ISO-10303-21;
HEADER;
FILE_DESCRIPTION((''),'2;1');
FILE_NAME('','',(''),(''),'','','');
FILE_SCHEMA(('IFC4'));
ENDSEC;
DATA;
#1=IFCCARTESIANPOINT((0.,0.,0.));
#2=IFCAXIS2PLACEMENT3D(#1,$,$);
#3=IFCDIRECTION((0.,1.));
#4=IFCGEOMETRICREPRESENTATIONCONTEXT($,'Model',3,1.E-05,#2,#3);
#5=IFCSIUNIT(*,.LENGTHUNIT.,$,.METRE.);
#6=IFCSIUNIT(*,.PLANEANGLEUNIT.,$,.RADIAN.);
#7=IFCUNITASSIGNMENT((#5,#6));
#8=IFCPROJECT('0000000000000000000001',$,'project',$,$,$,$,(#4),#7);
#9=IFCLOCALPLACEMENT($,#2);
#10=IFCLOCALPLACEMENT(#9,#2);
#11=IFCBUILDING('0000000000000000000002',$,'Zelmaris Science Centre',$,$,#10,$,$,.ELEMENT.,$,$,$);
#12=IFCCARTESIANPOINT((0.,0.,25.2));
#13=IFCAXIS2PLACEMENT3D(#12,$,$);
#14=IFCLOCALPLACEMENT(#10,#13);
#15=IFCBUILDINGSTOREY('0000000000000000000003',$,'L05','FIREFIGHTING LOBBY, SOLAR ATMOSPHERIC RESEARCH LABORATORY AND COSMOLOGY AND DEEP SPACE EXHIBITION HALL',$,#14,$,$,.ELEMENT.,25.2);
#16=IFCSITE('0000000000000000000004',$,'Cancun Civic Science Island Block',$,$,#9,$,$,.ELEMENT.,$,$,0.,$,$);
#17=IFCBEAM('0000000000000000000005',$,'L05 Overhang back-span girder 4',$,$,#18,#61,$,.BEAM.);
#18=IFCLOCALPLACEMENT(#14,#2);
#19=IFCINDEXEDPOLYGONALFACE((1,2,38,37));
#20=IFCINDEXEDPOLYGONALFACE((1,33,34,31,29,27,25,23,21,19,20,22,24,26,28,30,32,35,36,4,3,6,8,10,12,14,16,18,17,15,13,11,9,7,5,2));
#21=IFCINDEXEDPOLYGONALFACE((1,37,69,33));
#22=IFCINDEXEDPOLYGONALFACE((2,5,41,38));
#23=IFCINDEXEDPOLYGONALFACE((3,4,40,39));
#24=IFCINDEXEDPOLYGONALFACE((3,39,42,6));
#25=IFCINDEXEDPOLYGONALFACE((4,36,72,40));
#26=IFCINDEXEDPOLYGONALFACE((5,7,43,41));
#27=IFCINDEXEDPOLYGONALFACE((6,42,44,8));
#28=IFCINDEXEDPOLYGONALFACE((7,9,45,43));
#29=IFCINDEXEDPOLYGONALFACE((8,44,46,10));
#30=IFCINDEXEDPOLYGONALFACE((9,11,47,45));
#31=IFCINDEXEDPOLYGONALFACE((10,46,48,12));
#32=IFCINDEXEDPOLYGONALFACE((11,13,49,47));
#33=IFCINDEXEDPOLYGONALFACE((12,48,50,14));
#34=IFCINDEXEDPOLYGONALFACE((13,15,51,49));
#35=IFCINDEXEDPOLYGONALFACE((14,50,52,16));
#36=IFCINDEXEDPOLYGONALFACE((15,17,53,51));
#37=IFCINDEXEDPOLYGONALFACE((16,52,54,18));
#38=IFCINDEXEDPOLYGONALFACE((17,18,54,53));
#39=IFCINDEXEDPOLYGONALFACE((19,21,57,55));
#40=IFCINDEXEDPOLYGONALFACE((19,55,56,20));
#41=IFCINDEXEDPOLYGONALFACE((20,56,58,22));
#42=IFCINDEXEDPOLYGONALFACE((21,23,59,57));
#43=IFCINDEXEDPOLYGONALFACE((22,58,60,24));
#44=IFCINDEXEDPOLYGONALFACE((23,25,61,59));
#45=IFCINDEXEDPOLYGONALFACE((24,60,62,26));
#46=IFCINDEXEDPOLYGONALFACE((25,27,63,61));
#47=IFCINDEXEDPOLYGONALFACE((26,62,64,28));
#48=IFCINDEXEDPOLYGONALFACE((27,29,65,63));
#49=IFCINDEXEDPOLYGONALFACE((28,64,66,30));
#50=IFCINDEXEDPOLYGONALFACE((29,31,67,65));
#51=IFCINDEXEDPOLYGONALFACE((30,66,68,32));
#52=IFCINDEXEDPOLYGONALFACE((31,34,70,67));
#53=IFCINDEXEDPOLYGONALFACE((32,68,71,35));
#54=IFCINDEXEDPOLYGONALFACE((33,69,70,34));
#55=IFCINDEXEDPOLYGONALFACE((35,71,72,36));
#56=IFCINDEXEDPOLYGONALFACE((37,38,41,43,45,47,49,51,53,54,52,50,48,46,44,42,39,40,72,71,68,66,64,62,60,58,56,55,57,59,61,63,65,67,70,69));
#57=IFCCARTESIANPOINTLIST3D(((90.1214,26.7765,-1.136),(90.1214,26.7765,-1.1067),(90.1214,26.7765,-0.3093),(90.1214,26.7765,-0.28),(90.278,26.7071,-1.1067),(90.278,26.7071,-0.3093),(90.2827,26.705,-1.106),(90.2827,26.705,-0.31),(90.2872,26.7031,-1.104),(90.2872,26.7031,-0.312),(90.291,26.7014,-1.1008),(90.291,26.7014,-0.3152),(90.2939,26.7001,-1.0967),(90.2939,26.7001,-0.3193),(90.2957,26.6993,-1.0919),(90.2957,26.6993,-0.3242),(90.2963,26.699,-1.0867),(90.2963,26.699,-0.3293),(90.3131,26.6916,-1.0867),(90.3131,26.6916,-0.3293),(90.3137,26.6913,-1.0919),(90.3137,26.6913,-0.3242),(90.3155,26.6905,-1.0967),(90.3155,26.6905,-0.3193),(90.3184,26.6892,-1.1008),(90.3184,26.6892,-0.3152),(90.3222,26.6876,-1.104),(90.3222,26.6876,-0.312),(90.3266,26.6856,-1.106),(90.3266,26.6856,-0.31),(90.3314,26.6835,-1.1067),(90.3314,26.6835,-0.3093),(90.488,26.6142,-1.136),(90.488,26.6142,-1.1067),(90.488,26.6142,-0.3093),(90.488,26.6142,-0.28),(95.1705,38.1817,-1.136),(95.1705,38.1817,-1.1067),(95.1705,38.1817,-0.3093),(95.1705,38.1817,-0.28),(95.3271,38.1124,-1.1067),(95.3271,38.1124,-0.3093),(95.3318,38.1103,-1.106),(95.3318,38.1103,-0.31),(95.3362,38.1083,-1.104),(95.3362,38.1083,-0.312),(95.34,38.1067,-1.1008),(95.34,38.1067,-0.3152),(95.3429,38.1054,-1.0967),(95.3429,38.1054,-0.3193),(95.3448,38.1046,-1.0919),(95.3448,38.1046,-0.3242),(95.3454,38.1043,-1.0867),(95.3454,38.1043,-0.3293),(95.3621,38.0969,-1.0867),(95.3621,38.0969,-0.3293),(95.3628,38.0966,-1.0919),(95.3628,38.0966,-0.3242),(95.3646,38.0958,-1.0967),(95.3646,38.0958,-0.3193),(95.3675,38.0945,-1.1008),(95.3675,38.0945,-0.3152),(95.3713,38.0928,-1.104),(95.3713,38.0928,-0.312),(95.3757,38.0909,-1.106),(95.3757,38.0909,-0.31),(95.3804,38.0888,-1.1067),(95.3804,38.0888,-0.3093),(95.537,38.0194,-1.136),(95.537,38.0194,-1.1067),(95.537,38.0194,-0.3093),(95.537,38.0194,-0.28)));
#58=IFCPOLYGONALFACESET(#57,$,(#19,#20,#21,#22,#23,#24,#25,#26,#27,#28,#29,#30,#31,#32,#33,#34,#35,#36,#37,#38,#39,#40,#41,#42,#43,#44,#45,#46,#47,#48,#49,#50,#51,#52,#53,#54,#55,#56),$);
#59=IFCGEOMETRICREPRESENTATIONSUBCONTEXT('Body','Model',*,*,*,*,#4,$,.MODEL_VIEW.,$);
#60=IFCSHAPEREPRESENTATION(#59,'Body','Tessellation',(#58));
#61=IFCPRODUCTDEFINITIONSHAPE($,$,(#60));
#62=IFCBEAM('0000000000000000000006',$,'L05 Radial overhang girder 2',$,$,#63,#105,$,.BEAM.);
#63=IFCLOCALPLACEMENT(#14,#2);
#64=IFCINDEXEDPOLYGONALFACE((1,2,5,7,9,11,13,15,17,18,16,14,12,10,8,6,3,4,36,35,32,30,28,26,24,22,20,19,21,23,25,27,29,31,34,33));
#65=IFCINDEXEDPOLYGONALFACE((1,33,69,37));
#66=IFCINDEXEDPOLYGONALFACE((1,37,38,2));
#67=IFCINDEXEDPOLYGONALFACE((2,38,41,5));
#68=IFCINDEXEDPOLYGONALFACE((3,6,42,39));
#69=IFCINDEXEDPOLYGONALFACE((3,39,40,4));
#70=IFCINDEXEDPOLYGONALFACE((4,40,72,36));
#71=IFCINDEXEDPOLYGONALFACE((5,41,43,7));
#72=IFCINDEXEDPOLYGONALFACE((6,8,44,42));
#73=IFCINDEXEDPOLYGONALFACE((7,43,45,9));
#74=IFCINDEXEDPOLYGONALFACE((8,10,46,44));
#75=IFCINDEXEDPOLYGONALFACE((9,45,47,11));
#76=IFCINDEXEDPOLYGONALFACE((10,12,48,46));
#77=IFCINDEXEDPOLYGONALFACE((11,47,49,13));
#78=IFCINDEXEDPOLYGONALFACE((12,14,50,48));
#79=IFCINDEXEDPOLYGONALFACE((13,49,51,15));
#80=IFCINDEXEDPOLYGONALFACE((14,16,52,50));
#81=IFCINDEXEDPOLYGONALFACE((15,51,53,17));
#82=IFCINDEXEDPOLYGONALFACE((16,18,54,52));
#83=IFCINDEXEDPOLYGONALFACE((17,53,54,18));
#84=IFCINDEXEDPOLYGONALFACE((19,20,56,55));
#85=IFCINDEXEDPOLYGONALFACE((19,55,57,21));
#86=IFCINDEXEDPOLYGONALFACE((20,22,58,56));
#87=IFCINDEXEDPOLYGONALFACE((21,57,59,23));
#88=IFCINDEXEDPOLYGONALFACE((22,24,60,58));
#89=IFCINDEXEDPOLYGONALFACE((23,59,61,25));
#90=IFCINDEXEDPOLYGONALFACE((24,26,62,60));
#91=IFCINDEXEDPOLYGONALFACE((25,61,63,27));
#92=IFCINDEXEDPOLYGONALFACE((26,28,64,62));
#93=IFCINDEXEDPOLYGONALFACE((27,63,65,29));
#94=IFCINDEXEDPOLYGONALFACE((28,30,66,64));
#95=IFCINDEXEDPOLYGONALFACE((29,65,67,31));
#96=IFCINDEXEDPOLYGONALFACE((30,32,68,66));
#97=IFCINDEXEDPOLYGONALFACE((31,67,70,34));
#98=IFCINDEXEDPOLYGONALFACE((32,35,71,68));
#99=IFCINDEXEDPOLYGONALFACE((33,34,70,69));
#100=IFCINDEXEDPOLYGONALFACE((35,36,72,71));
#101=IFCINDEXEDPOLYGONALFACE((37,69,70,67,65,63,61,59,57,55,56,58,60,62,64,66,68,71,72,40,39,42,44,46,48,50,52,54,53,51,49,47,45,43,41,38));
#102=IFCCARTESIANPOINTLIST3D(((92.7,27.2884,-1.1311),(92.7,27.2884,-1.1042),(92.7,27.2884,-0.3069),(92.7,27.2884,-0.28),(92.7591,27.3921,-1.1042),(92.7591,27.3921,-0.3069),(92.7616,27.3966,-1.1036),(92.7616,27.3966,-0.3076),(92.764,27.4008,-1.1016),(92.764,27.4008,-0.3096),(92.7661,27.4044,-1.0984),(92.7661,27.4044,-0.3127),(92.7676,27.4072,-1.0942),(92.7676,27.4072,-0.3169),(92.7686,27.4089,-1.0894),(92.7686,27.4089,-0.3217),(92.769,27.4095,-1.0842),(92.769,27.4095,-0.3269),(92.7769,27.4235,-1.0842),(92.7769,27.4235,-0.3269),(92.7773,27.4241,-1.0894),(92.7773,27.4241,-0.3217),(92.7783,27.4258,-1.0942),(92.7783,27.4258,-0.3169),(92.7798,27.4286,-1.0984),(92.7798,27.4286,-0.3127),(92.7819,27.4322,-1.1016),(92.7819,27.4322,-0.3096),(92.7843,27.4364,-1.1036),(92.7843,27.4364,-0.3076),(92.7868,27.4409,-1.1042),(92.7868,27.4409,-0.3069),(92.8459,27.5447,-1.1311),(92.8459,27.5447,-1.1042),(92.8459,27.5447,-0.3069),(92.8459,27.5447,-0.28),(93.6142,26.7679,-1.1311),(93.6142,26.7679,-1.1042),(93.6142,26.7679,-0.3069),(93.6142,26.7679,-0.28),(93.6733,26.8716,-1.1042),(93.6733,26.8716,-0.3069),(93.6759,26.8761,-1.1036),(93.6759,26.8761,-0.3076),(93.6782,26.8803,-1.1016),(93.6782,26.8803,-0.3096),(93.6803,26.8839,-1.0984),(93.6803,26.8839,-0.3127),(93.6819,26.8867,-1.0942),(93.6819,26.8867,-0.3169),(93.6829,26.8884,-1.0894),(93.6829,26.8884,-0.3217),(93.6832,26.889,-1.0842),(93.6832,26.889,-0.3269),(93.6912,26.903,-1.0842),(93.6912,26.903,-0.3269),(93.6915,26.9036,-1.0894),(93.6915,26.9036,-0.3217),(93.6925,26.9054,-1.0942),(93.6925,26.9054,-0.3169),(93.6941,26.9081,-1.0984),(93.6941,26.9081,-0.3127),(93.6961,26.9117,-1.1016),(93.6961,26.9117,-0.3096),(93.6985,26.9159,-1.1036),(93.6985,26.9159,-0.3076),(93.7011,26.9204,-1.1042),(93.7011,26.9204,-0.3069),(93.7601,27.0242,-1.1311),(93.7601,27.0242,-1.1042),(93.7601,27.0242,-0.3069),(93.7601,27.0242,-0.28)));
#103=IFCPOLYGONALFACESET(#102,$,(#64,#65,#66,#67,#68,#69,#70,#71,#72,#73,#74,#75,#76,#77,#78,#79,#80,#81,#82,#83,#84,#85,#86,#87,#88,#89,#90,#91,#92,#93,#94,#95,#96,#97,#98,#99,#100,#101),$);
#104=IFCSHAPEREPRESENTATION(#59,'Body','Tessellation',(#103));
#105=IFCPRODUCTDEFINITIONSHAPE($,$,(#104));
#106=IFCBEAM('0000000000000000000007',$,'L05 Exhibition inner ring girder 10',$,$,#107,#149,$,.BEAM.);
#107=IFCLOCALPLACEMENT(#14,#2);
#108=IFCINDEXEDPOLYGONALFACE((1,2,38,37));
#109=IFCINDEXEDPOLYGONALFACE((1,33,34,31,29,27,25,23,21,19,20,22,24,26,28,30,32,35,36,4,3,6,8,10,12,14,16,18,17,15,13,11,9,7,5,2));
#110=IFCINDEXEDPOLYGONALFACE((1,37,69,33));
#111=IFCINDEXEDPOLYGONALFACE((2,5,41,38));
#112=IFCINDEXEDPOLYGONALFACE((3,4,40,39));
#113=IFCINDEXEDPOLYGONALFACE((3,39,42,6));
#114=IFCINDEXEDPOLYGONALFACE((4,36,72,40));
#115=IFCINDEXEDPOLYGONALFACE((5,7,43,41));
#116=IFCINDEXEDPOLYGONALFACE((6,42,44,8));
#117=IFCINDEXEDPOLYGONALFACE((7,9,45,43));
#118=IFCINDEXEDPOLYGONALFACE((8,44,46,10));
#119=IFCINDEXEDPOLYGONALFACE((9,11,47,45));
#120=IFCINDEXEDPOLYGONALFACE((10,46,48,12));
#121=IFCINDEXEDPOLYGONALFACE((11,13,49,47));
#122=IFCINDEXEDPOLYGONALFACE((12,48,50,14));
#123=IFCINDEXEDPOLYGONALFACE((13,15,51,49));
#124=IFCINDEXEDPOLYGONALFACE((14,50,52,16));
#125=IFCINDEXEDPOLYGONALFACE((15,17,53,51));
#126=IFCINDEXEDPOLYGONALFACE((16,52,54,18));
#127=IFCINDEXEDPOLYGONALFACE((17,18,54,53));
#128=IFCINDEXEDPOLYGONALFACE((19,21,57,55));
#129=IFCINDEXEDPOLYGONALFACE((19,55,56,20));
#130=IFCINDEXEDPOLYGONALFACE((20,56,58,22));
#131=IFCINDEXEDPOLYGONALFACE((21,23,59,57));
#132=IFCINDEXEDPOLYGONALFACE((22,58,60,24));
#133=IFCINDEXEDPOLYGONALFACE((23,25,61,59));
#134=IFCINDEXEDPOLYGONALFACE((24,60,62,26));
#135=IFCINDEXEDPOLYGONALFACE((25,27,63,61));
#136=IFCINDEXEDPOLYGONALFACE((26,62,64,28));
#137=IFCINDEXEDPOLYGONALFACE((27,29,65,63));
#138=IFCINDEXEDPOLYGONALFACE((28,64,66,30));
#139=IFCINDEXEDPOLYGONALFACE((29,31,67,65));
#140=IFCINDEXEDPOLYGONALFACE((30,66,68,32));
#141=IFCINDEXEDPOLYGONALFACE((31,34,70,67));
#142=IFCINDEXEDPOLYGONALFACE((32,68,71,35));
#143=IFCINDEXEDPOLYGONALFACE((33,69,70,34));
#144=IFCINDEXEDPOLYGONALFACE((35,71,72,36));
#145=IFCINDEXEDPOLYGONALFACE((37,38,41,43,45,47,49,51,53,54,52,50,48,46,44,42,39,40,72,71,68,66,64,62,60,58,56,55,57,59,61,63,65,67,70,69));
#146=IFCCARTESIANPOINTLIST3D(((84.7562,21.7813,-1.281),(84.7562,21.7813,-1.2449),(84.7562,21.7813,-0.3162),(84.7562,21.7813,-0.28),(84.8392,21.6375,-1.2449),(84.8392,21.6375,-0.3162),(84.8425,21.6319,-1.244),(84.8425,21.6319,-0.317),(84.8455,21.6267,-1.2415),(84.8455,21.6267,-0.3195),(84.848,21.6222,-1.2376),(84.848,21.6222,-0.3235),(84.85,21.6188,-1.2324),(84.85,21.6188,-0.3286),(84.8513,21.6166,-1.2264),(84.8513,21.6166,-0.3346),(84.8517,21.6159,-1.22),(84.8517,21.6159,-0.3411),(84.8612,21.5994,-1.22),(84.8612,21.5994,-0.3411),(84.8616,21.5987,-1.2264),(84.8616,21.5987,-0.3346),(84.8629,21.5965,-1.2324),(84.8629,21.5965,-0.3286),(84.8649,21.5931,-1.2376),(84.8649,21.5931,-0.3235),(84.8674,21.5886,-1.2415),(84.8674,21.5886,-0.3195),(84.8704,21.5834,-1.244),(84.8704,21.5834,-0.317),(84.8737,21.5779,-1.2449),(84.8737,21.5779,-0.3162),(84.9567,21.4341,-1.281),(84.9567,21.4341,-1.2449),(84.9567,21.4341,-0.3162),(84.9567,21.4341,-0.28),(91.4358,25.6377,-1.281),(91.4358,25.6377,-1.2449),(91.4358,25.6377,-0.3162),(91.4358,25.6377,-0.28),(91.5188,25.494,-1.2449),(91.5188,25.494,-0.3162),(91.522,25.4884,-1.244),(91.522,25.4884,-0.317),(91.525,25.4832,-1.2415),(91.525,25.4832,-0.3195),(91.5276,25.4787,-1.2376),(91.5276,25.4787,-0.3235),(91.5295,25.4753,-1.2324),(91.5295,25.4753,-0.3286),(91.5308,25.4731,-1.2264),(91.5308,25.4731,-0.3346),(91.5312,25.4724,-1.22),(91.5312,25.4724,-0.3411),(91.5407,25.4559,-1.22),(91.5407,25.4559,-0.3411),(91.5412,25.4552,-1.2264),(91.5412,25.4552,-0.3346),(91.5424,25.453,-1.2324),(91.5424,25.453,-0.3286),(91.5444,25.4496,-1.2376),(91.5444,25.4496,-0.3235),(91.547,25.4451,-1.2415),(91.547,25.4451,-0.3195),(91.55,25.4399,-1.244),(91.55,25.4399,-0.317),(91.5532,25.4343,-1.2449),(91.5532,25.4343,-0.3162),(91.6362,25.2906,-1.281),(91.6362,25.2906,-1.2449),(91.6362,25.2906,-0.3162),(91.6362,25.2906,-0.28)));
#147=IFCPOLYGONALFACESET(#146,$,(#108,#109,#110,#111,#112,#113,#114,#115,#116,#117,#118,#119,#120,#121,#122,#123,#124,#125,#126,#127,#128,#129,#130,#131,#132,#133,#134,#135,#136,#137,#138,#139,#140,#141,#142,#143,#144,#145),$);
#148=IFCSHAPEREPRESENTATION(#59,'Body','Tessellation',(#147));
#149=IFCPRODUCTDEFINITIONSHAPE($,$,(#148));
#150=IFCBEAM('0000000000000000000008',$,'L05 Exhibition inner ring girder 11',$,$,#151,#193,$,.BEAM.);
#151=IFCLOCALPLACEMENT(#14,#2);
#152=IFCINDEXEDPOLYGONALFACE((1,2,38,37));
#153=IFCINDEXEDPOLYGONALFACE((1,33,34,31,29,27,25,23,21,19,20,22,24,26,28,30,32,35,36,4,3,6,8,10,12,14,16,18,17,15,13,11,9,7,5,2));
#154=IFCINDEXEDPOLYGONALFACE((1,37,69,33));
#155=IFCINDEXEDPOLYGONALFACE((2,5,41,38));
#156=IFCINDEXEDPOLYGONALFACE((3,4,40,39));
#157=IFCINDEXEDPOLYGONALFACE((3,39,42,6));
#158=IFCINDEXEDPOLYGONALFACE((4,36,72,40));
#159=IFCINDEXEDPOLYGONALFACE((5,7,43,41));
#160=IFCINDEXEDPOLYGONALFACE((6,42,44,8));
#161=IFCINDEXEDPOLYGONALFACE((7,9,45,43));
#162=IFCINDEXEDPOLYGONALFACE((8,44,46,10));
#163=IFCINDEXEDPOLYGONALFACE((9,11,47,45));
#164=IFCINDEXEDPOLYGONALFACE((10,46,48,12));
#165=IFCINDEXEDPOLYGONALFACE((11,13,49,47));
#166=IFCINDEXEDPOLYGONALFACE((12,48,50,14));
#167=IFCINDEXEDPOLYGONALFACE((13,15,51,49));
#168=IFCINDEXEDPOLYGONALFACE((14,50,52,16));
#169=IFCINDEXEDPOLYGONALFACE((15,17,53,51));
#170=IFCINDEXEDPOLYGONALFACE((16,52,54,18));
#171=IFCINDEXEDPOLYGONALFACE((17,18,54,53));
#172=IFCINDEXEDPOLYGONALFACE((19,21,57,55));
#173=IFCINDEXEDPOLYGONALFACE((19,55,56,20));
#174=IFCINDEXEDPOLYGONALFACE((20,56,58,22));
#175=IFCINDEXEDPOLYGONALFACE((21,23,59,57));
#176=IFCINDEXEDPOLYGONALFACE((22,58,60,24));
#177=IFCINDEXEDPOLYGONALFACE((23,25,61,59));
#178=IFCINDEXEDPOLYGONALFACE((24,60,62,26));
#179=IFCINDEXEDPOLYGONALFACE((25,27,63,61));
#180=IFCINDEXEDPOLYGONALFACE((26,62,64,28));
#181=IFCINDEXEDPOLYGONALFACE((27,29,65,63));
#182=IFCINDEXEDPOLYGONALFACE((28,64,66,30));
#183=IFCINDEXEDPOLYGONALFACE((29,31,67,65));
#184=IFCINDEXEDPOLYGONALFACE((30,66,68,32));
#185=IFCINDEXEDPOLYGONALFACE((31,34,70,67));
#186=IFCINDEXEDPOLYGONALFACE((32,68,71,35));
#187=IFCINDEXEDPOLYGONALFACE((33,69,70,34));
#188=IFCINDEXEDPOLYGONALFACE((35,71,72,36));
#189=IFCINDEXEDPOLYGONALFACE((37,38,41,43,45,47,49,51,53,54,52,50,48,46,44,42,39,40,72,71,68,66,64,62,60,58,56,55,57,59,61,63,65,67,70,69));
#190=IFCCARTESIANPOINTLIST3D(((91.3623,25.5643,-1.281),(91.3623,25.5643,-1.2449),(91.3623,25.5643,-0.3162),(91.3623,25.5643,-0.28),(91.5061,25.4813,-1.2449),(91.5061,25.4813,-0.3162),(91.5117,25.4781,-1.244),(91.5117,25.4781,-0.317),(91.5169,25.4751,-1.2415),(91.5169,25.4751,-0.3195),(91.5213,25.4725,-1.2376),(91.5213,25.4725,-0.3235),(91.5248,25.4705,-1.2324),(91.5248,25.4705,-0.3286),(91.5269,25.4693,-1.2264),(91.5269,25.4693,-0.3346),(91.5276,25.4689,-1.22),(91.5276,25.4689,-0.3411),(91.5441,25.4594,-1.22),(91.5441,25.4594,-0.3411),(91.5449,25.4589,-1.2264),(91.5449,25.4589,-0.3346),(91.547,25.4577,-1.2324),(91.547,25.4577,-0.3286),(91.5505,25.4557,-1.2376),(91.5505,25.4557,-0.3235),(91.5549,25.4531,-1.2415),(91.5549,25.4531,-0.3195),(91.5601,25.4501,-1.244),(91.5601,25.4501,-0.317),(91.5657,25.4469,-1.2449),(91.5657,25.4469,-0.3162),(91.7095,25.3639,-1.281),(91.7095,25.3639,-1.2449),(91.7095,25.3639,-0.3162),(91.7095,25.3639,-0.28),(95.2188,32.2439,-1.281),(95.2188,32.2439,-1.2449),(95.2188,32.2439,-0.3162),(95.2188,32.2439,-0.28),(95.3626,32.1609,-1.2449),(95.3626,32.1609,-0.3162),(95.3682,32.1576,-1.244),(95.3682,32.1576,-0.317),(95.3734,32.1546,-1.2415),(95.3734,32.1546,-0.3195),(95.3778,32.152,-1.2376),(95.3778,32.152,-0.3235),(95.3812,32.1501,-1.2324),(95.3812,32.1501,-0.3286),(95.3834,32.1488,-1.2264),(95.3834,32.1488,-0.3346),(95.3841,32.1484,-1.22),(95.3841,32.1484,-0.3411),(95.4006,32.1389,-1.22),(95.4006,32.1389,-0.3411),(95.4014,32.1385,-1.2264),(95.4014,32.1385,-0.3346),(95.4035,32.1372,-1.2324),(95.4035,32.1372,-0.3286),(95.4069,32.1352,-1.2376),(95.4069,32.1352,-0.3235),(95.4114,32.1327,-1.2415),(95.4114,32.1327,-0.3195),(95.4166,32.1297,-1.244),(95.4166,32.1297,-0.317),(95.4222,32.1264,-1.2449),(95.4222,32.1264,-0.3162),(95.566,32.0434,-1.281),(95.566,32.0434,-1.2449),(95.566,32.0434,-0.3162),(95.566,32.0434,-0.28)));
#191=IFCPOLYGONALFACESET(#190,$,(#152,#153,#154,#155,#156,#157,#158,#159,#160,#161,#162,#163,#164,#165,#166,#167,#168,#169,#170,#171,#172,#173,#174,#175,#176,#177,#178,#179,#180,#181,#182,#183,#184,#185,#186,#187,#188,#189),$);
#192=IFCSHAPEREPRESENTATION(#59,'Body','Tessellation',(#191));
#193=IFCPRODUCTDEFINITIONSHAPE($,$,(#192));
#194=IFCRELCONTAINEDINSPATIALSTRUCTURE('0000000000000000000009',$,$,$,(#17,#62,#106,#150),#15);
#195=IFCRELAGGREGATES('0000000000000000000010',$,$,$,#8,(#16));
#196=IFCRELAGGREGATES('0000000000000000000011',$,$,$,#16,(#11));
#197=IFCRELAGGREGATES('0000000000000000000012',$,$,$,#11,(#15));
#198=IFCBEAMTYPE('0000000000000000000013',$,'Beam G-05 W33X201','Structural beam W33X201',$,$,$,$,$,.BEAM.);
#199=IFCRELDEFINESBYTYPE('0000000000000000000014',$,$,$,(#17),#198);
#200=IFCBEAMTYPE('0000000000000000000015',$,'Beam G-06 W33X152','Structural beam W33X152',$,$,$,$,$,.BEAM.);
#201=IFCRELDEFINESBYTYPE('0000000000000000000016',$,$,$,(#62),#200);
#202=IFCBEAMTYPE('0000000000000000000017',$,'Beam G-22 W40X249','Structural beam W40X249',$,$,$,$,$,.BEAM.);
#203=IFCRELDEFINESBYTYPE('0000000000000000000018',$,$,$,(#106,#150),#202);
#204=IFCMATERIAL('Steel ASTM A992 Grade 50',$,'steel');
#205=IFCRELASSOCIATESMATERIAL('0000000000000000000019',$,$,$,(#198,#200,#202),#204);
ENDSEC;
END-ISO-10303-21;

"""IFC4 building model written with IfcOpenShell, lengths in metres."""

from ifc_helpers import new_model, si_unit, direction, frame, origin, origin_2d, place, context, subcontext, project, spatial, i_section, extrude, material, material_profile, profile_set, type_object, element, save


model = new_model("IFC4")

# Units and contexts
model_context = context("Model", 3, precision=1e-05, world=origin(), true_north=direction((0.0, 1.0)))
body_context = subcontext(model_context, "Body", "Model", "MODEL_VIEW")
ifc_project = project(units=[si_unit("LENGTHUNIT", "METRE"), si_unit("PLANEANGLEUNIT", "RADIAN")], contexts=[model_context])

# Site, building, storey
site_placement = place(None, origin())
site = spatial("IfcSite", under=ifc_project, at=site_placement, Name="Cancun Civic Science Island Block", CompositionType="ELEMENT", RefElevation=0.0)
building_placement = place(site_placement, origin())
building = spatial("IfcBuilding", under=site, at=building_placement, Name="Zelmaris Science Centre", CompositionType="ELEMENT")
storey_placement = place(building_placement, frame((0.0, 0.0, 25.2)))
storey = spatial("IfcBuildingStorey", under=building, at=storey_placement, Name="L05", Description="FIREFIGHTING LOBBY, SOLAR ATMOSPHERIC RESEARCH LABORATORY AND COSMOLOGY AND DEEP SPACE EXHIBITION HALL", CompositionType="ELEMENT", Elevation=25.2)

# Shared definitions
ifc_material_1 = material(Name="Steel ASTM A992 Grade 50", Category="steel")

# Beams
ifc_material_profile_1 = material_profile(ifc_material_1, i_section(OverallWidth=0.4009, OverallDepth=0.856, WebThickness=0.0183, FlangeThickness=0.0293, FilletRadius=0.02, at=origin_2d()), Name="W33X201")
ifc_profile_set_1 = profile_set([ifc_material_profile_1], Name="Steel ASTM A992 Grade 50")
beam_type_1 = type_object("IfcBeamType", Name="Beam G-05 W33X201", Description="Structural beam W33X201", PredefinedType="BEAM", material=ifc_profile_set_1)
beam_1_placement = place(storey_placement, frame((90.3047, 26.6953, -0.708), z_axis=(0.404803, 0.914404, 0.0), x_axis=(-0.914404, 0.404803, 0.0)))
element("IfcBeam", 1, at=beam_1_placement, inside=storey, type_object=beam_type_1, Name="L05 Overhang back-span girder 4", PredefinedType="BEAM", context=body_context, shape_type="SweptSolid", body=[
    extrude(i_section(OverallWidth=0.4009, OverallDepth=0.856, WebThickness=0.0183, FlangeThickness=0.0293, FilletRadius=0.02, at=origin_2d()), origin(), (0.0, 0.0, 1.0), 12.4729),
])
ifc_material_profile_2 = material_profile(ifc_material_1, i_section(OverallWidth=0.2949, OverallDepth=0.8511, WebThickness=0.0161, FlangeThickness=0.0269, FilletRadius=0.02, at=origin_2d()), Name="W33X152")
ifc_profile_set_2 = profile_set([ifc_material_profile_2], Name="Steel ASTM A992 Grade 50")
beam_type_2 = type_object("IfcBeamType", Name="Beam G-06 W33X152", Description="Structural beam W33X152", PredefinedType="BEAM", material=ifc_profile_set_2)
beam_2_placement = place(storey_placement, frame((92.7729, 27.4165, -0.7056), z_axis=(0.869042, -0.494739, 0.0), x_axis=(0.494739, 0.869042, 0.0)))
element("IfcBeam", 2, at=beam_2_placement, inside=storey, type_object=beam_type_2, Name="L05 Radial overhang girder 2", PredefinedType="BEAM", context=body_context, shape_type="SweptSolid", body=[
    extrude(i_section(OverallWidth=0.2949, OverallDepth=0.8511, WebThickness=0.0161, FlangeThickness=0.0269, FilletRadius=0.02, at=origin_2d()), origin(), (0.0, 0.0, 1.0), 1.052),
])
ifc_material_profile_3 = material_profile(ifc_material_1, i_section(OverallWidth=0.4009, OverallDepth=1.001, WebThickness=0.019, FlangeThickness=0.0361, FilletRadius=0.0249, at=origin_2d()), Name="W40X249")
ifc_profile_set_3 = profile_set([ifc_material_profile_3], Name="Steel ASTM A992 Grade 50")
beam_type_3 = type_object("IfcBeamType", Name="Beam G-22 W40X249", Description="Structural beam W40X249", PredefinedType="BEAM", material=ifc_profile_set_3)
for number, where, z_axis, x_axis, name in (
    (3, (84.8564, 21.6077, -0.7805), (0.866022, 0.500007, 0.0), (-0.500007, 0.866022, 0.0), "L05 Exhibition inner ring girder 10"),
    (4, (91.5359, 25.4641, -0.7805), (0.500007, 0.866022, 0.0), (-0.866022, 0.500007, 0.0), "L05 Exhibition inner ring girder 11"),
):
    element("IfcBeam", number, at=place(storey_placement, frame(where, z_axis=z_axis, x_axis=x_axis)), inside=storey, type_object=beam_type_3, Name=name, PredefinedType="BEAM", context=body_context, shape_type="SweptSolid", body=[
        extrude(i_section(OverallWidth=0.4009, OverallDepth=1.001, WebThickness=0.019, FlangeThickness=0.0361, FilletRadius=0.0249, at=origin_2d()), origin(), (0.0, 0.0, 1.0), 7.7129),
    ])

save(model, "model.ifc")
